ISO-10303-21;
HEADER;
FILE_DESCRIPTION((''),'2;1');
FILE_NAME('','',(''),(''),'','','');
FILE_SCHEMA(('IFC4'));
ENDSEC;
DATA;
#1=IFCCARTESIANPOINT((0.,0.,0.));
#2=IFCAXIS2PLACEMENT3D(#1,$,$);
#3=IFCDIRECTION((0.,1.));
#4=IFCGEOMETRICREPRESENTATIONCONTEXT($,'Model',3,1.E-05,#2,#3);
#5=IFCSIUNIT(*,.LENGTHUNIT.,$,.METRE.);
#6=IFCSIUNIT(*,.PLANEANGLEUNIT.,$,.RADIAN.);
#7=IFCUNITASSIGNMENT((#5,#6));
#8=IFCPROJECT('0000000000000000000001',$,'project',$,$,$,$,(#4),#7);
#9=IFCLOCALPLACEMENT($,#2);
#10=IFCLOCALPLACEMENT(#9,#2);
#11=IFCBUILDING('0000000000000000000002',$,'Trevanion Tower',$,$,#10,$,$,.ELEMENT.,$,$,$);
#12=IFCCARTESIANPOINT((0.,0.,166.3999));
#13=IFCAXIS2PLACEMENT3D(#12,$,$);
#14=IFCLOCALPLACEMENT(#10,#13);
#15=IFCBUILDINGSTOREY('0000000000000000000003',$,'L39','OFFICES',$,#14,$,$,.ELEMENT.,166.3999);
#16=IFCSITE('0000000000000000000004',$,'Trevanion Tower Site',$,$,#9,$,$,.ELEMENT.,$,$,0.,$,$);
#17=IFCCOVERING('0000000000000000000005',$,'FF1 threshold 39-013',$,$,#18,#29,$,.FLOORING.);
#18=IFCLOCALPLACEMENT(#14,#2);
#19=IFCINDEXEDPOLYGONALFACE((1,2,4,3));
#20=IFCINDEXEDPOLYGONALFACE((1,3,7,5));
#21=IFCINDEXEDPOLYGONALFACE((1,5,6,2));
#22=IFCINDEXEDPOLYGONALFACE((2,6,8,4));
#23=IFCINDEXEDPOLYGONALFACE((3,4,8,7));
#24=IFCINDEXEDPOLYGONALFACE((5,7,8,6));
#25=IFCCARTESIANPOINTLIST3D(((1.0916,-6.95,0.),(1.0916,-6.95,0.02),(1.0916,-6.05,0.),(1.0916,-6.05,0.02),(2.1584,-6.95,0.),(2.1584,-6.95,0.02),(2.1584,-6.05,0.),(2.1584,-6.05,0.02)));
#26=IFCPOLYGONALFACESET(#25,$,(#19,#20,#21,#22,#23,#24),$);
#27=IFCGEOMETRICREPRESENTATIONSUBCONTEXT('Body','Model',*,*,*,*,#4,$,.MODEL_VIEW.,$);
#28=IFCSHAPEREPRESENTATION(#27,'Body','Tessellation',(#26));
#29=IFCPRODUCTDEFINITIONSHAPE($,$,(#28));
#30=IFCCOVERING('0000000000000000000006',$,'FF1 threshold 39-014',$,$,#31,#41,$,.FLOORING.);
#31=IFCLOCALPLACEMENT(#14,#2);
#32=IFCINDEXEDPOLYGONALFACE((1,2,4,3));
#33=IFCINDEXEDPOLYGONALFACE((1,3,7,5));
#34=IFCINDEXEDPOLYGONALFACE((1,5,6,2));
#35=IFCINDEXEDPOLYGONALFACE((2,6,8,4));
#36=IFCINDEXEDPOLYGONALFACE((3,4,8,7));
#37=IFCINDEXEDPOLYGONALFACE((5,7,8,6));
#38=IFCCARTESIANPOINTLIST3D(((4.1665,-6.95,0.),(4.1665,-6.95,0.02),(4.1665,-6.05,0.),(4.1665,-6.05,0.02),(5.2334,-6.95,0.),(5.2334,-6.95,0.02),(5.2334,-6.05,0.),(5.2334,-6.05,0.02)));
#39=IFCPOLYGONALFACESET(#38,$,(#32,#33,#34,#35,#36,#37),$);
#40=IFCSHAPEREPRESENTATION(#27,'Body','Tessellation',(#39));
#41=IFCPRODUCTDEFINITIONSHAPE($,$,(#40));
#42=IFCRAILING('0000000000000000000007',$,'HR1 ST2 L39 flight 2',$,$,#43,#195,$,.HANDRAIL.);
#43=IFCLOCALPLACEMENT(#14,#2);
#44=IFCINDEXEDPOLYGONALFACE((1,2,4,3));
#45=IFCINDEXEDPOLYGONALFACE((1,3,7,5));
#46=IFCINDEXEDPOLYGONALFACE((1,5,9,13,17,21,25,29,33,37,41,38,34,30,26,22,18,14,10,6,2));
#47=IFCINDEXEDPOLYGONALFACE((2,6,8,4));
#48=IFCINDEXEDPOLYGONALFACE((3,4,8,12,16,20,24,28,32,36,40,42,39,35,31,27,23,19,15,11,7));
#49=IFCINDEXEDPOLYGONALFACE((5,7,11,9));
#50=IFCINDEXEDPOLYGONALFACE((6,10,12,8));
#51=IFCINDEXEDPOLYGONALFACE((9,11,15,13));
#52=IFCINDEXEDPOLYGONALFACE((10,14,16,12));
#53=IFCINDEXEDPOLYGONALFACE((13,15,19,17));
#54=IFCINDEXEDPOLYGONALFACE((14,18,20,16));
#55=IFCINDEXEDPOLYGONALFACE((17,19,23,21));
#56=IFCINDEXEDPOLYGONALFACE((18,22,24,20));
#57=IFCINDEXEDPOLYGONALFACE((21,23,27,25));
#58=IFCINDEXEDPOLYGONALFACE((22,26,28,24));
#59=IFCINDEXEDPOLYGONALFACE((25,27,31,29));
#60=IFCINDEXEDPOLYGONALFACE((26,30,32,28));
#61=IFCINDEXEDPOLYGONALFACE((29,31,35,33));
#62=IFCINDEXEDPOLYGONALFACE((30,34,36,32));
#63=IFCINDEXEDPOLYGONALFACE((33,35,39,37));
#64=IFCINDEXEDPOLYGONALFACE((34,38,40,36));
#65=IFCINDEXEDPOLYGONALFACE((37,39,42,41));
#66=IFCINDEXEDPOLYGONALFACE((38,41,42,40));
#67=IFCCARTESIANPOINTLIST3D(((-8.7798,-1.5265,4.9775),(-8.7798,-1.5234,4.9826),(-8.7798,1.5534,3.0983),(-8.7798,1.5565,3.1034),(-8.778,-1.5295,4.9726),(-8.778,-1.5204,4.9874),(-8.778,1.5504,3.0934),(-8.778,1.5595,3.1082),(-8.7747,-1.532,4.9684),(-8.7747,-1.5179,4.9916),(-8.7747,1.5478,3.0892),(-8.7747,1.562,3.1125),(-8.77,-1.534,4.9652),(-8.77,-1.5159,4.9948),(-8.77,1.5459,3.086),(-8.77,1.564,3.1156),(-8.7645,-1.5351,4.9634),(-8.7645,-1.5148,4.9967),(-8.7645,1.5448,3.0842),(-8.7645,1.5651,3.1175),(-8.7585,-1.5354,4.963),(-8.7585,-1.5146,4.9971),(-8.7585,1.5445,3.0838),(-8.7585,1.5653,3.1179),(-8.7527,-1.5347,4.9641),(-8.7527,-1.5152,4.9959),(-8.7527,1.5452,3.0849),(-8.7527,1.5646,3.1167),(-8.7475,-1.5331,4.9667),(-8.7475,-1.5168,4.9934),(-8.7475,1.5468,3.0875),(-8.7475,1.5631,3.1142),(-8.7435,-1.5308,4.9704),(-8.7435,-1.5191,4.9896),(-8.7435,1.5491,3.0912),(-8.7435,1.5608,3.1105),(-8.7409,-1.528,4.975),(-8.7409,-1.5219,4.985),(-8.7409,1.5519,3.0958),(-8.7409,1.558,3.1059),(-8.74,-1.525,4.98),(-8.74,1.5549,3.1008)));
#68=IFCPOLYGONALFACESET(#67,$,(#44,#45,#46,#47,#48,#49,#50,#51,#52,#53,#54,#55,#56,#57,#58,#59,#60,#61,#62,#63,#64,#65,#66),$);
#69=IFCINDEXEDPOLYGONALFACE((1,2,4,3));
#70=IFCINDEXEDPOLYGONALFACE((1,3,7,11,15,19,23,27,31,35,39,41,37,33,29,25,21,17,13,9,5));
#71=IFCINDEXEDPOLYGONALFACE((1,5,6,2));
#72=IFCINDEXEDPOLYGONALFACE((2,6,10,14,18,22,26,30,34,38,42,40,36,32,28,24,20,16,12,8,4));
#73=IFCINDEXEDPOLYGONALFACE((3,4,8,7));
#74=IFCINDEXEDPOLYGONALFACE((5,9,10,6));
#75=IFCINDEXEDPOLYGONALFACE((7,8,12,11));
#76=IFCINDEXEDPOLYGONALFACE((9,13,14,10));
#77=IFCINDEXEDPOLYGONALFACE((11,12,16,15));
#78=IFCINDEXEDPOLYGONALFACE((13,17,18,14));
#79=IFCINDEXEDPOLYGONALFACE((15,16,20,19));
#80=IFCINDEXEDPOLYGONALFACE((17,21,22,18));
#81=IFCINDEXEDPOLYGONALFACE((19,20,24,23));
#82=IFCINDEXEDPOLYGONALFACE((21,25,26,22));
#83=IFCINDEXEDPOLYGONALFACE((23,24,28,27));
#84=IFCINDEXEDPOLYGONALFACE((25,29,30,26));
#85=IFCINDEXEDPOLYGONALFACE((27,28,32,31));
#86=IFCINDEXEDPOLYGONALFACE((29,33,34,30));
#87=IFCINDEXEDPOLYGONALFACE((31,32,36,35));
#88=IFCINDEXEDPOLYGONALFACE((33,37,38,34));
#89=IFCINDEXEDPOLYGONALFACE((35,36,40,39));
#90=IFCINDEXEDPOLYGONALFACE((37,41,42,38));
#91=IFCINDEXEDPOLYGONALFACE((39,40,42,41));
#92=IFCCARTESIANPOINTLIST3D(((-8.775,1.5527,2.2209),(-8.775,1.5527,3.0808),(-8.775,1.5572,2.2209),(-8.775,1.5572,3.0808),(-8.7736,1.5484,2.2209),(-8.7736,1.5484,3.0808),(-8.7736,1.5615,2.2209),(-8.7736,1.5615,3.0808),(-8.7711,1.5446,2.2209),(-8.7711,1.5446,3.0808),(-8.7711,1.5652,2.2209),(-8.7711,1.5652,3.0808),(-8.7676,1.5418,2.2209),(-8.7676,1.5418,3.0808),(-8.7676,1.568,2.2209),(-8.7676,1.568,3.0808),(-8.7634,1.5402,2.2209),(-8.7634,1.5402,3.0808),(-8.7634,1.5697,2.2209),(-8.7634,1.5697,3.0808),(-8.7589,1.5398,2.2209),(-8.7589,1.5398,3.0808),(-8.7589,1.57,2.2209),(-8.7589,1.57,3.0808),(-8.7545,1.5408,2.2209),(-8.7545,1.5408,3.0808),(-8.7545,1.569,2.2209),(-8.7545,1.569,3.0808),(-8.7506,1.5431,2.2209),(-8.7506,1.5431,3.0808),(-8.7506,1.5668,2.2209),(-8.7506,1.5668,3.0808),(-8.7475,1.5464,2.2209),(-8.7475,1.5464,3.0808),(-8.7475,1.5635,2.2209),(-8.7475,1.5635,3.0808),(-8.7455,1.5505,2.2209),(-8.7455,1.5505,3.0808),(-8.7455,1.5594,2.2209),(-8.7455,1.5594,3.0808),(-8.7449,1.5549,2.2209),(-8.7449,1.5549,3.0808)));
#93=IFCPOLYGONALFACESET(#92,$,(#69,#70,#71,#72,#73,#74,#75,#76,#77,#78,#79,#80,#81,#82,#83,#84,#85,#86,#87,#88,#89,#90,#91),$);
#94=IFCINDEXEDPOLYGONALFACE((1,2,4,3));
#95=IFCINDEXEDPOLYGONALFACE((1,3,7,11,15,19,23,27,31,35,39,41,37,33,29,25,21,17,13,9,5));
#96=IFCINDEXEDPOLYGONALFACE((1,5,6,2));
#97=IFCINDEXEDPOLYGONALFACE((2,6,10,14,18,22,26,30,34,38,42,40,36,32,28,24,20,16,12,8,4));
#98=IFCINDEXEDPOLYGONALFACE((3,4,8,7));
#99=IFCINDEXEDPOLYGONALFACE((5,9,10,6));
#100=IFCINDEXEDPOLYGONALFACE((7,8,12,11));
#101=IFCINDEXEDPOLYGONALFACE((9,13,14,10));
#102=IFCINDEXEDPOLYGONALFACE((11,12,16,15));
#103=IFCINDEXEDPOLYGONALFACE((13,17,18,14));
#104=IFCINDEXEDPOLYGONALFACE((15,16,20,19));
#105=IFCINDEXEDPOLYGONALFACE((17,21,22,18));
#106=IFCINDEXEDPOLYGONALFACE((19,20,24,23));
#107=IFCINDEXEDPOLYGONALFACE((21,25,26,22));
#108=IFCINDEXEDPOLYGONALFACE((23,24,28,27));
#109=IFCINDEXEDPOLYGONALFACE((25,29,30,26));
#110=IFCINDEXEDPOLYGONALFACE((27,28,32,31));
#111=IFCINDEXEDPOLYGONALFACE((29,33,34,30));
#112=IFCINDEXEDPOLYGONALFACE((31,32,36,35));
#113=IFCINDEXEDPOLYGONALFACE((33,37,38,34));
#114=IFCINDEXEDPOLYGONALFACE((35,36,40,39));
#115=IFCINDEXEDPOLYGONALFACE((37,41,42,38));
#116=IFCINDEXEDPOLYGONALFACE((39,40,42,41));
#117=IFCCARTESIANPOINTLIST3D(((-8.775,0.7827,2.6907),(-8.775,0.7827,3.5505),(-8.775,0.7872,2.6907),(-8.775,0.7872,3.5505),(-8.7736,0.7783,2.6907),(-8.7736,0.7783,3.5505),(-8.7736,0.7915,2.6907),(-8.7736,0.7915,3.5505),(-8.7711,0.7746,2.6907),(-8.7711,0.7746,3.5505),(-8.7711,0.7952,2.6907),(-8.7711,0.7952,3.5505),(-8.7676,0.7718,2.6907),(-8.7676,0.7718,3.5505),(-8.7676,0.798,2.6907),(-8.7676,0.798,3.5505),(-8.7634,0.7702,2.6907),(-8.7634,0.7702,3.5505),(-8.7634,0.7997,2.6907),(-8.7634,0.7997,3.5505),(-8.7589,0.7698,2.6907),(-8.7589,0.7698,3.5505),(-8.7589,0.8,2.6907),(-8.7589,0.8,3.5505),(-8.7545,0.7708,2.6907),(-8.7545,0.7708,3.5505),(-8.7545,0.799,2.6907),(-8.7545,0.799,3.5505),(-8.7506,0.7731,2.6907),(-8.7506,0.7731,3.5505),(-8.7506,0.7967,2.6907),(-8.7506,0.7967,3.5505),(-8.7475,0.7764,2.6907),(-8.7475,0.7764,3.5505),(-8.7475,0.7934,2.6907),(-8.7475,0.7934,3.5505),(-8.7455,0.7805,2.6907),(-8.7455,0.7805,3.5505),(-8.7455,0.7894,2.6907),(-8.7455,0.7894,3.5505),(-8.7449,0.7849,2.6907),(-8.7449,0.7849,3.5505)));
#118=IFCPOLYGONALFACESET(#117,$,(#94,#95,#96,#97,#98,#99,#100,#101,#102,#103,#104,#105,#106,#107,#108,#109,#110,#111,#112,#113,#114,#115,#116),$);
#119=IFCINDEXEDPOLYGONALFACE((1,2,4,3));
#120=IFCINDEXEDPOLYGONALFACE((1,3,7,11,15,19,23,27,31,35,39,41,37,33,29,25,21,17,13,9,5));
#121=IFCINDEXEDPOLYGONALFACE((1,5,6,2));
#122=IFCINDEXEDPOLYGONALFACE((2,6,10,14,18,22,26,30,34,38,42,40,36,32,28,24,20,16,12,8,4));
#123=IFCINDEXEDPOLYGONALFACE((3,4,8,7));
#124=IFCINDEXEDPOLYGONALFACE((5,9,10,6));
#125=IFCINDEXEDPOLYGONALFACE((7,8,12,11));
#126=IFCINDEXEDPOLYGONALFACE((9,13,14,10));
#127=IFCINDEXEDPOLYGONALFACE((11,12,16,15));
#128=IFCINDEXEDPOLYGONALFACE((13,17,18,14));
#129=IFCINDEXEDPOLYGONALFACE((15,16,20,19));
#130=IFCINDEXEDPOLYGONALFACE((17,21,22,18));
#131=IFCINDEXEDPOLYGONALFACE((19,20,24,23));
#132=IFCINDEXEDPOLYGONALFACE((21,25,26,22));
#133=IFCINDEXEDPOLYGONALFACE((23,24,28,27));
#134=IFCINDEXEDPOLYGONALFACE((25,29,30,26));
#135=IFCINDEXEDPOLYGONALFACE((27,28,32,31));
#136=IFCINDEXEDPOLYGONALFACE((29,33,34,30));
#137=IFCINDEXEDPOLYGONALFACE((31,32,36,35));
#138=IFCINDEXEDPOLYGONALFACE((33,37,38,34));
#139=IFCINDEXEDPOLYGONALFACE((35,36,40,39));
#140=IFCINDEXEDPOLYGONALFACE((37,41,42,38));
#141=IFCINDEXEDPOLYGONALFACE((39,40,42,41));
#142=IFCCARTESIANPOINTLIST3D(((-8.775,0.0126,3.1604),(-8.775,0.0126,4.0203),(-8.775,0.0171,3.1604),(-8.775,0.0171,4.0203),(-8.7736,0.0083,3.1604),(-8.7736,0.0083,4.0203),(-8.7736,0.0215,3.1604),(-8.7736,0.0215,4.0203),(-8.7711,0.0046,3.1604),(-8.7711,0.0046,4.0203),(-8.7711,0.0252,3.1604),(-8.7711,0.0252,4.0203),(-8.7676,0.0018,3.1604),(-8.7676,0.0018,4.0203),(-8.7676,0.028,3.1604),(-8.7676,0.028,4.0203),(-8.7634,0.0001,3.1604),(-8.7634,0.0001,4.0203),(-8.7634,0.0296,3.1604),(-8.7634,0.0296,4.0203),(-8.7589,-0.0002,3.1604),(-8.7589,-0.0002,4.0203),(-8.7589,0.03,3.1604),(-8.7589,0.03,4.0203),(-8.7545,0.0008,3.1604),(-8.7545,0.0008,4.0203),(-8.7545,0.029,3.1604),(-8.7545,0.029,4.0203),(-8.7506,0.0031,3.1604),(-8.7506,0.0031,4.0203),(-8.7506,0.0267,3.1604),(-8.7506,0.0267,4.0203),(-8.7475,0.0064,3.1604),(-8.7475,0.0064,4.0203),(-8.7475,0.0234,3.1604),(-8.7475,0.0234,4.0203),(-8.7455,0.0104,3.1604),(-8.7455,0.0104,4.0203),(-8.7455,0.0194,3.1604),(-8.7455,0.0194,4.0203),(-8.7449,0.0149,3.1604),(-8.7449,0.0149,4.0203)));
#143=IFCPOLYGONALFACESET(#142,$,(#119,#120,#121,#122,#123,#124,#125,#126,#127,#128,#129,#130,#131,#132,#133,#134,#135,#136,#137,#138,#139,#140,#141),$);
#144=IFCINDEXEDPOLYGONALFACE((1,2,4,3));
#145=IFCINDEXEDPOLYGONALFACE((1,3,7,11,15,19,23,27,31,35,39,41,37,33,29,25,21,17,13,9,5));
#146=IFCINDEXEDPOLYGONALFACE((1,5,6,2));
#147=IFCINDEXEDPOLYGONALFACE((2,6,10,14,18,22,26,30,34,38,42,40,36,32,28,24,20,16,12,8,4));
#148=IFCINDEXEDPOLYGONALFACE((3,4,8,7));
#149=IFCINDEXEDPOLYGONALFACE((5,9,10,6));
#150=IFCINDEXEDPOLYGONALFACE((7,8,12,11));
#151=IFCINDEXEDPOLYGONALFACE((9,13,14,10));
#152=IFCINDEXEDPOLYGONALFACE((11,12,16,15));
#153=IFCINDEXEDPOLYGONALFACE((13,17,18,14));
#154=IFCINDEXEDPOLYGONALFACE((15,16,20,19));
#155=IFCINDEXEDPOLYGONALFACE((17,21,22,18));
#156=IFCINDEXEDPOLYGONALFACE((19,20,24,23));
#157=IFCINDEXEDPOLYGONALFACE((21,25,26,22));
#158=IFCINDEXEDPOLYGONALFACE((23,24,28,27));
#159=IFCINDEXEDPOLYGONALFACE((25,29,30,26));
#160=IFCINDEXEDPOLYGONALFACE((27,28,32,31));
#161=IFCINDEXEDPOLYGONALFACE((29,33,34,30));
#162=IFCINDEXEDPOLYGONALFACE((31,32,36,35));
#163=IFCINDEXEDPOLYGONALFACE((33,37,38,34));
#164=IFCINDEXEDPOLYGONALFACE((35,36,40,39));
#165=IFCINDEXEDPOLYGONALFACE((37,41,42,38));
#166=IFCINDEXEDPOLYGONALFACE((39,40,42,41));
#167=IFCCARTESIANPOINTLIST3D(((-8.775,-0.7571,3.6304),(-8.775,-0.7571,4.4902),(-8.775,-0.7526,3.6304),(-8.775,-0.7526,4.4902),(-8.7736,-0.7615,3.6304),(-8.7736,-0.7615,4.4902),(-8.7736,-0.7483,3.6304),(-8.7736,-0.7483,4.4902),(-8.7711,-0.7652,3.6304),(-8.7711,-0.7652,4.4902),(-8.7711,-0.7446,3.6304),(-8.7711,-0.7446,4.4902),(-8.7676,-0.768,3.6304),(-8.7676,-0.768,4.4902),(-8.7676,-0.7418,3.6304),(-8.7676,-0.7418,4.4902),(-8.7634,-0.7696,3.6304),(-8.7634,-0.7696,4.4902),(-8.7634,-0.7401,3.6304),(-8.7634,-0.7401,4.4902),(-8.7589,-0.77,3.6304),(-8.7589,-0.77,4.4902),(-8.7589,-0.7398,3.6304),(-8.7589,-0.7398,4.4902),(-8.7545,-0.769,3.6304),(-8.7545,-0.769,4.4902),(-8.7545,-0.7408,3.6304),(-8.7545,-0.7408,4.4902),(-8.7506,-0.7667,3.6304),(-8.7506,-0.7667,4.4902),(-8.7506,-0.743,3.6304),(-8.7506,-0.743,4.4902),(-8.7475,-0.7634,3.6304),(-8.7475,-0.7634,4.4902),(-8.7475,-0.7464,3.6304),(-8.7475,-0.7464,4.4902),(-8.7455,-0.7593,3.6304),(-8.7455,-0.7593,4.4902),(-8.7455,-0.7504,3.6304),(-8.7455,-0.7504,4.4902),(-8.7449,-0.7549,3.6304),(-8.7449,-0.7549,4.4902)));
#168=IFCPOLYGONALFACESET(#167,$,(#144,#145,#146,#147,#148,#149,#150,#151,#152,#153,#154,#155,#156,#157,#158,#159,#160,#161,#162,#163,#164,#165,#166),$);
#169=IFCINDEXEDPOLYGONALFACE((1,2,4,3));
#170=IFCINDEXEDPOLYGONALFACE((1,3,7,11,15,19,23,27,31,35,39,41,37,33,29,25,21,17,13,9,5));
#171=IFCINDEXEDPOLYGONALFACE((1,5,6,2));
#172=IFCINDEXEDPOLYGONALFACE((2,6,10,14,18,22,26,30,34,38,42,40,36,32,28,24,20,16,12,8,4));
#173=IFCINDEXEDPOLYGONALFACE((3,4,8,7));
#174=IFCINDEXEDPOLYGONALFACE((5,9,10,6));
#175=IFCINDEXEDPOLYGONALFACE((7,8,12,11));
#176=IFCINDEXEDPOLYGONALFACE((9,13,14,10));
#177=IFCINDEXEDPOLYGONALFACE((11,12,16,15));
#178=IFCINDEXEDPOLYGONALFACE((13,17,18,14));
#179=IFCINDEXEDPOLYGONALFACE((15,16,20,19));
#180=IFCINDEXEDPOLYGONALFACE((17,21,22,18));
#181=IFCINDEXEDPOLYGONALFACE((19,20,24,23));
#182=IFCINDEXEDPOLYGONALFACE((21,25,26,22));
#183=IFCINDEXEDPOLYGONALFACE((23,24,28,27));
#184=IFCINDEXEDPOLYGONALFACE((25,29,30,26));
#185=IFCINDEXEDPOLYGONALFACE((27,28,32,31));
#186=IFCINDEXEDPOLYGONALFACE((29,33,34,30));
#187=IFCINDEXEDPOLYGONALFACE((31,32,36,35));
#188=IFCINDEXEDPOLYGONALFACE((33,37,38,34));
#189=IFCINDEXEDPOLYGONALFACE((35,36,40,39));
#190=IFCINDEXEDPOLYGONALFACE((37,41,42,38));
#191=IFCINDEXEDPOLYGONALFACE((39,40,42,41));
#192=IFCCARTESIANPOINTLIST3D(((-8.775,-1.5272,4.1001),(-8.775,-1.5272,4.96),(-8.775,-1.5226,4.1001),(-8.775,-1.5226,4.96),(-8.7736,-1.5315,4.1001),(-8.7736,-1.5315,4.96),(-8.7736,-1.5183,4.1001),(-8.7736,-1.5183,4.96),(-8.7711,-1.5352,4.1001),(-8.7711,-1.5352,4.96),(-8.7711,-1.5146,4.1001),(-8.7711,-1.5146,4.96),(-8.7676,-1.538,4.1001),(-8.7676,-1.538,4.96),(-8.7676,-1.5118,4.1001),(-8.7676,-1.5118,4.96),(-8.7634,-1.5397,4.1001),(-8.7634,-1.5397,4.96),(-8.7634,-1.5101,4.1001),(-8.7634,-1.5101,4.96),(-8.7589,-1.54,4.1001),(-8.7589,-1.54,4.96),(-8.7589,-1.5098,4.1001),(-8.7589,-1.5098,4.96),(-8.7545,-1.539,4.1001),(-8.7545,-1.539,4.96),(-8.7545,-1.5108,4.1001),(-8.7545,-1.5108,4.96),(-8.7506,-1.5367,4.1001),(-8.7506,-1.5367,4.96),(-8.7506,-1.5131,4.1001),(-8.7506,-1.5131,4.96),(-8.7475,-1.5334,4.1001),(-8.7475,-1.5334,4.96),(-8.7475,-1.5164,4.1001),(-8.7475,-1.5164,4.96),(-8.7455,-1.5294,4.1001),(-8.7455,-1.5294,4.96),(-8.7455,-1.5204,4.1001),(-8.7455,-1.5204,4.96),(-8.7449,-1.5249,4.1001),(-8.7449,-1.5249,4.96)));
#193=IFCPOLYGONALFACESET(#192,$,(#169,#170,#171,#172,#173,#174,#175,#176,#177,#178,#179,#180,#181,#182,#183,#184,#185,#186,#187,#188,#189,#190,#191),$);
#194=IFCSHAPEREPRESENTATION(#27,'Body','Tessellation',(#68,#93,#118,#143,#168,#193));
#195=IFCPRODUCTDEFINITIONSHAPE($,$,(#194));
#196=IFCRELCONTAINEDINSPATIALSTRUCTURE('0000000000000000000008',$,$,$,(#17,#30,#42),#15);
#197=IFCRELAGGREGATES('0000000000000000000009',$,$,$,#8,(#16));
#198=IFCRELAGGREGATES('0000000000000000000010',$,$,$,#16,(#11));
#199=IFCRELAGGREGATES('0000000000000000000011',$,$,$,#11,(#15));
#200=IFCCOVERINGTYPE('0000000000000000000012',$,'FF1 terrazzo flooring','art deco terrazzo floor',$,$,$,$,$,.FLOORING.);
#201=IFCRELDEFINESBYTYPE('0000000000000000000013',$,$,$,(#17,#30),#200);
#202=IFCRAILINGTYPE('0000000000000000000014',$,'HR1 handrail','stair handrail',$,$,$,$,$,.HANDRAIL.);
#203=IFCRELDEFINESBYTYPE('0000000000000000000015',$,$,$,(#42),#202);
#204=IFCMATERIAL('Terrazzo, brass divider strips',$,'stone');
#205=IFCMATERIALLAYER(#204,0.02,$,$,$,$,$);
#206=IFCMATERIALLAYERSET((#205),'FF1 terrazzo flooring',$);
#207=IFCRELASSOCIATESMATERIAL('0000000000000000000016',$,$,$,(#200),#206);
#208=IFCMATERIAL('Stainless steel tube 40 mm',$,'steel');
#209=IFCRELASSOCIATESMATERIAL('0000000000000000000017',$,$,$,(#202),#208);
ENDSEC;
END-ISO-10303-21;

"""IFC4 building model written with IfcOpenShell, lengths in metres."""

from ifc_helpers import new_model, si_unit, direction, frame, origin, origin_2d, place, context, subcontext, project, spatial, polyline, circle, outline, extrude, material, layer, layer_set, type_object, element, save


model = new_model("IFC4")

# Units and contexts
model_context = context("Model", 3, precision=1e-05, world=origin(), true_north=direction((0.0, 1.0)))
body_context = subcontext(model_context, "Body", "Model", "MODEL_VIEW")
ifc_project = project(units=[si_unit("LENGTHUNIT", "METRE"), si_unit("PLANEANGLEUNIT", "RADIAN")], contexts=[model_context])

# Site, building, storey
site_placement = place(None, origin())
site = spatial("IfcSite", under=ifc_project, at=site_placement, Name="Trevanion Tower Site", CompositionType="ELEMENT", RefElevation=0.0)
building_placement = place(site_placement, origin())
building = spatial("IfcBuilding", under=site, at=building_placement, Name="Trevanion Tower", CompositionType="ELEMENT")
storey_placement = place(building_placement, frame((0.0, 0.0, 166.3999)))
storey = spatial("IfcBuildingStorey", under=building, at=storey_placement, Name="L39", Description="OFFICES", CompositionType="ELEMENT", Elevation=166.3999)

# Coverings
ifc_material_1 = material(Name="Terrazzo, brass divider strips", Category="stone")
ifc_layer_1 = layer(ifc_material_1, 0.02)
ifc_layer_set_1 = layer_set([ifc_layer_1], Name="FF1 terrazzo flooring")
covering_type_1 = type_object("IfcCoveringType", Name="FF1 terrazzo flooring", Description="art deco terrazzo floor", PredefinedType="FLOORING", material=ifc_layer_set_1)
covering_1_placement = place(storey_placement, origin())
element("IfcCovering", 1, at=covering_1_placement, inside=storey, type_object=covering_type_1, Name="FF1 threshold 39-013", PredefinedType="FLOORING", context=body_context, shape_type="SweptSolid", body=[
    extrude(outline(polyline([(1.0916, -6.95), (2.1584, -6.95), (2.1584, -6.05), (1.0916, -6.05), (1.0916, -6.95)])), origin(), (0.0, 0.0, 1.0), 0.02),
])
covering_2_placement = place(storey_placement, origin())
element("IfcCovering", 2, at=covering_2_placement, inside=storey, type_object=covering_type_1, Name="FF1 threshold 39-014", PredefinedType="FLOORING", context=body_context, shape_type="SweptSolid", body=[
    extrude(outline(polyline([(4.1665, -6.95), (5.2334, -6.95), (5.2334, -6.05), (4.1665, -6.05), (4.1665, -6.95)])), origin(), (0.0, 0.0, 1.0), 0.02),
])

# Railing
ifc_material_2 = material(Name="Stainless steel tube 40 mm", Category="steel")
railing_type = type_object("IfcRailingType", Name="HR1 handrail", Description="stair handrail", PredefinedType="HANDRAIL", material=ifc_material_2)
for number, where, name in (
    (3, (-8.76, 1.5549, 2.2209), "HR1 ST2 L39 flight 2"),
):
    element("IfcRailing", number, at=place(storey_placement, frame(where)), inside=storey, type_object=railing_type, Name=name, PredefinedType="HANDRAIL", context=body_context, shape_type="SweptSolid", body=[
        extrude(circle(Radius=0.02, at=origin_2d()), frame((0.0, 0.0, 0.8799), z_axis=(0.0, -0.853648, 0.52085), x_axis=(1.0, 0.0, 0.0)), (0.0, 0.0, 1.0), 3.6079),
        extrude(circle(Radius=0.0151, at=origin_2d()), origin(), (0.0, 0.0, 1.0), 0.8599),
        extrude(circle(Radius=0.0151, at=origin_2d()), frame((0.0, -0.77, 0.4697)), (0.0, 0.0, 1.0), 0.8599),
        extrude(circle(Radius=0.0151, at=origin_2d()), frame((0.0, -1.54, 0.9395)), (0.0, 0.0, 1.0), 0.8599),
        extrude(circle(Radius=0.0151, at=origin_2d()), frame((0.0, -2.3098, 1.4094)), (0.0, 0.0, 1.0), 0.8599),
        extrude(circle(Radius=0.0151, at=origin_2d()), frame((0.0, -3.0798, 1.8792)), (0.0, 0.0, 1.0), 0.8599),
    ])

save(model, "model.ifc")
